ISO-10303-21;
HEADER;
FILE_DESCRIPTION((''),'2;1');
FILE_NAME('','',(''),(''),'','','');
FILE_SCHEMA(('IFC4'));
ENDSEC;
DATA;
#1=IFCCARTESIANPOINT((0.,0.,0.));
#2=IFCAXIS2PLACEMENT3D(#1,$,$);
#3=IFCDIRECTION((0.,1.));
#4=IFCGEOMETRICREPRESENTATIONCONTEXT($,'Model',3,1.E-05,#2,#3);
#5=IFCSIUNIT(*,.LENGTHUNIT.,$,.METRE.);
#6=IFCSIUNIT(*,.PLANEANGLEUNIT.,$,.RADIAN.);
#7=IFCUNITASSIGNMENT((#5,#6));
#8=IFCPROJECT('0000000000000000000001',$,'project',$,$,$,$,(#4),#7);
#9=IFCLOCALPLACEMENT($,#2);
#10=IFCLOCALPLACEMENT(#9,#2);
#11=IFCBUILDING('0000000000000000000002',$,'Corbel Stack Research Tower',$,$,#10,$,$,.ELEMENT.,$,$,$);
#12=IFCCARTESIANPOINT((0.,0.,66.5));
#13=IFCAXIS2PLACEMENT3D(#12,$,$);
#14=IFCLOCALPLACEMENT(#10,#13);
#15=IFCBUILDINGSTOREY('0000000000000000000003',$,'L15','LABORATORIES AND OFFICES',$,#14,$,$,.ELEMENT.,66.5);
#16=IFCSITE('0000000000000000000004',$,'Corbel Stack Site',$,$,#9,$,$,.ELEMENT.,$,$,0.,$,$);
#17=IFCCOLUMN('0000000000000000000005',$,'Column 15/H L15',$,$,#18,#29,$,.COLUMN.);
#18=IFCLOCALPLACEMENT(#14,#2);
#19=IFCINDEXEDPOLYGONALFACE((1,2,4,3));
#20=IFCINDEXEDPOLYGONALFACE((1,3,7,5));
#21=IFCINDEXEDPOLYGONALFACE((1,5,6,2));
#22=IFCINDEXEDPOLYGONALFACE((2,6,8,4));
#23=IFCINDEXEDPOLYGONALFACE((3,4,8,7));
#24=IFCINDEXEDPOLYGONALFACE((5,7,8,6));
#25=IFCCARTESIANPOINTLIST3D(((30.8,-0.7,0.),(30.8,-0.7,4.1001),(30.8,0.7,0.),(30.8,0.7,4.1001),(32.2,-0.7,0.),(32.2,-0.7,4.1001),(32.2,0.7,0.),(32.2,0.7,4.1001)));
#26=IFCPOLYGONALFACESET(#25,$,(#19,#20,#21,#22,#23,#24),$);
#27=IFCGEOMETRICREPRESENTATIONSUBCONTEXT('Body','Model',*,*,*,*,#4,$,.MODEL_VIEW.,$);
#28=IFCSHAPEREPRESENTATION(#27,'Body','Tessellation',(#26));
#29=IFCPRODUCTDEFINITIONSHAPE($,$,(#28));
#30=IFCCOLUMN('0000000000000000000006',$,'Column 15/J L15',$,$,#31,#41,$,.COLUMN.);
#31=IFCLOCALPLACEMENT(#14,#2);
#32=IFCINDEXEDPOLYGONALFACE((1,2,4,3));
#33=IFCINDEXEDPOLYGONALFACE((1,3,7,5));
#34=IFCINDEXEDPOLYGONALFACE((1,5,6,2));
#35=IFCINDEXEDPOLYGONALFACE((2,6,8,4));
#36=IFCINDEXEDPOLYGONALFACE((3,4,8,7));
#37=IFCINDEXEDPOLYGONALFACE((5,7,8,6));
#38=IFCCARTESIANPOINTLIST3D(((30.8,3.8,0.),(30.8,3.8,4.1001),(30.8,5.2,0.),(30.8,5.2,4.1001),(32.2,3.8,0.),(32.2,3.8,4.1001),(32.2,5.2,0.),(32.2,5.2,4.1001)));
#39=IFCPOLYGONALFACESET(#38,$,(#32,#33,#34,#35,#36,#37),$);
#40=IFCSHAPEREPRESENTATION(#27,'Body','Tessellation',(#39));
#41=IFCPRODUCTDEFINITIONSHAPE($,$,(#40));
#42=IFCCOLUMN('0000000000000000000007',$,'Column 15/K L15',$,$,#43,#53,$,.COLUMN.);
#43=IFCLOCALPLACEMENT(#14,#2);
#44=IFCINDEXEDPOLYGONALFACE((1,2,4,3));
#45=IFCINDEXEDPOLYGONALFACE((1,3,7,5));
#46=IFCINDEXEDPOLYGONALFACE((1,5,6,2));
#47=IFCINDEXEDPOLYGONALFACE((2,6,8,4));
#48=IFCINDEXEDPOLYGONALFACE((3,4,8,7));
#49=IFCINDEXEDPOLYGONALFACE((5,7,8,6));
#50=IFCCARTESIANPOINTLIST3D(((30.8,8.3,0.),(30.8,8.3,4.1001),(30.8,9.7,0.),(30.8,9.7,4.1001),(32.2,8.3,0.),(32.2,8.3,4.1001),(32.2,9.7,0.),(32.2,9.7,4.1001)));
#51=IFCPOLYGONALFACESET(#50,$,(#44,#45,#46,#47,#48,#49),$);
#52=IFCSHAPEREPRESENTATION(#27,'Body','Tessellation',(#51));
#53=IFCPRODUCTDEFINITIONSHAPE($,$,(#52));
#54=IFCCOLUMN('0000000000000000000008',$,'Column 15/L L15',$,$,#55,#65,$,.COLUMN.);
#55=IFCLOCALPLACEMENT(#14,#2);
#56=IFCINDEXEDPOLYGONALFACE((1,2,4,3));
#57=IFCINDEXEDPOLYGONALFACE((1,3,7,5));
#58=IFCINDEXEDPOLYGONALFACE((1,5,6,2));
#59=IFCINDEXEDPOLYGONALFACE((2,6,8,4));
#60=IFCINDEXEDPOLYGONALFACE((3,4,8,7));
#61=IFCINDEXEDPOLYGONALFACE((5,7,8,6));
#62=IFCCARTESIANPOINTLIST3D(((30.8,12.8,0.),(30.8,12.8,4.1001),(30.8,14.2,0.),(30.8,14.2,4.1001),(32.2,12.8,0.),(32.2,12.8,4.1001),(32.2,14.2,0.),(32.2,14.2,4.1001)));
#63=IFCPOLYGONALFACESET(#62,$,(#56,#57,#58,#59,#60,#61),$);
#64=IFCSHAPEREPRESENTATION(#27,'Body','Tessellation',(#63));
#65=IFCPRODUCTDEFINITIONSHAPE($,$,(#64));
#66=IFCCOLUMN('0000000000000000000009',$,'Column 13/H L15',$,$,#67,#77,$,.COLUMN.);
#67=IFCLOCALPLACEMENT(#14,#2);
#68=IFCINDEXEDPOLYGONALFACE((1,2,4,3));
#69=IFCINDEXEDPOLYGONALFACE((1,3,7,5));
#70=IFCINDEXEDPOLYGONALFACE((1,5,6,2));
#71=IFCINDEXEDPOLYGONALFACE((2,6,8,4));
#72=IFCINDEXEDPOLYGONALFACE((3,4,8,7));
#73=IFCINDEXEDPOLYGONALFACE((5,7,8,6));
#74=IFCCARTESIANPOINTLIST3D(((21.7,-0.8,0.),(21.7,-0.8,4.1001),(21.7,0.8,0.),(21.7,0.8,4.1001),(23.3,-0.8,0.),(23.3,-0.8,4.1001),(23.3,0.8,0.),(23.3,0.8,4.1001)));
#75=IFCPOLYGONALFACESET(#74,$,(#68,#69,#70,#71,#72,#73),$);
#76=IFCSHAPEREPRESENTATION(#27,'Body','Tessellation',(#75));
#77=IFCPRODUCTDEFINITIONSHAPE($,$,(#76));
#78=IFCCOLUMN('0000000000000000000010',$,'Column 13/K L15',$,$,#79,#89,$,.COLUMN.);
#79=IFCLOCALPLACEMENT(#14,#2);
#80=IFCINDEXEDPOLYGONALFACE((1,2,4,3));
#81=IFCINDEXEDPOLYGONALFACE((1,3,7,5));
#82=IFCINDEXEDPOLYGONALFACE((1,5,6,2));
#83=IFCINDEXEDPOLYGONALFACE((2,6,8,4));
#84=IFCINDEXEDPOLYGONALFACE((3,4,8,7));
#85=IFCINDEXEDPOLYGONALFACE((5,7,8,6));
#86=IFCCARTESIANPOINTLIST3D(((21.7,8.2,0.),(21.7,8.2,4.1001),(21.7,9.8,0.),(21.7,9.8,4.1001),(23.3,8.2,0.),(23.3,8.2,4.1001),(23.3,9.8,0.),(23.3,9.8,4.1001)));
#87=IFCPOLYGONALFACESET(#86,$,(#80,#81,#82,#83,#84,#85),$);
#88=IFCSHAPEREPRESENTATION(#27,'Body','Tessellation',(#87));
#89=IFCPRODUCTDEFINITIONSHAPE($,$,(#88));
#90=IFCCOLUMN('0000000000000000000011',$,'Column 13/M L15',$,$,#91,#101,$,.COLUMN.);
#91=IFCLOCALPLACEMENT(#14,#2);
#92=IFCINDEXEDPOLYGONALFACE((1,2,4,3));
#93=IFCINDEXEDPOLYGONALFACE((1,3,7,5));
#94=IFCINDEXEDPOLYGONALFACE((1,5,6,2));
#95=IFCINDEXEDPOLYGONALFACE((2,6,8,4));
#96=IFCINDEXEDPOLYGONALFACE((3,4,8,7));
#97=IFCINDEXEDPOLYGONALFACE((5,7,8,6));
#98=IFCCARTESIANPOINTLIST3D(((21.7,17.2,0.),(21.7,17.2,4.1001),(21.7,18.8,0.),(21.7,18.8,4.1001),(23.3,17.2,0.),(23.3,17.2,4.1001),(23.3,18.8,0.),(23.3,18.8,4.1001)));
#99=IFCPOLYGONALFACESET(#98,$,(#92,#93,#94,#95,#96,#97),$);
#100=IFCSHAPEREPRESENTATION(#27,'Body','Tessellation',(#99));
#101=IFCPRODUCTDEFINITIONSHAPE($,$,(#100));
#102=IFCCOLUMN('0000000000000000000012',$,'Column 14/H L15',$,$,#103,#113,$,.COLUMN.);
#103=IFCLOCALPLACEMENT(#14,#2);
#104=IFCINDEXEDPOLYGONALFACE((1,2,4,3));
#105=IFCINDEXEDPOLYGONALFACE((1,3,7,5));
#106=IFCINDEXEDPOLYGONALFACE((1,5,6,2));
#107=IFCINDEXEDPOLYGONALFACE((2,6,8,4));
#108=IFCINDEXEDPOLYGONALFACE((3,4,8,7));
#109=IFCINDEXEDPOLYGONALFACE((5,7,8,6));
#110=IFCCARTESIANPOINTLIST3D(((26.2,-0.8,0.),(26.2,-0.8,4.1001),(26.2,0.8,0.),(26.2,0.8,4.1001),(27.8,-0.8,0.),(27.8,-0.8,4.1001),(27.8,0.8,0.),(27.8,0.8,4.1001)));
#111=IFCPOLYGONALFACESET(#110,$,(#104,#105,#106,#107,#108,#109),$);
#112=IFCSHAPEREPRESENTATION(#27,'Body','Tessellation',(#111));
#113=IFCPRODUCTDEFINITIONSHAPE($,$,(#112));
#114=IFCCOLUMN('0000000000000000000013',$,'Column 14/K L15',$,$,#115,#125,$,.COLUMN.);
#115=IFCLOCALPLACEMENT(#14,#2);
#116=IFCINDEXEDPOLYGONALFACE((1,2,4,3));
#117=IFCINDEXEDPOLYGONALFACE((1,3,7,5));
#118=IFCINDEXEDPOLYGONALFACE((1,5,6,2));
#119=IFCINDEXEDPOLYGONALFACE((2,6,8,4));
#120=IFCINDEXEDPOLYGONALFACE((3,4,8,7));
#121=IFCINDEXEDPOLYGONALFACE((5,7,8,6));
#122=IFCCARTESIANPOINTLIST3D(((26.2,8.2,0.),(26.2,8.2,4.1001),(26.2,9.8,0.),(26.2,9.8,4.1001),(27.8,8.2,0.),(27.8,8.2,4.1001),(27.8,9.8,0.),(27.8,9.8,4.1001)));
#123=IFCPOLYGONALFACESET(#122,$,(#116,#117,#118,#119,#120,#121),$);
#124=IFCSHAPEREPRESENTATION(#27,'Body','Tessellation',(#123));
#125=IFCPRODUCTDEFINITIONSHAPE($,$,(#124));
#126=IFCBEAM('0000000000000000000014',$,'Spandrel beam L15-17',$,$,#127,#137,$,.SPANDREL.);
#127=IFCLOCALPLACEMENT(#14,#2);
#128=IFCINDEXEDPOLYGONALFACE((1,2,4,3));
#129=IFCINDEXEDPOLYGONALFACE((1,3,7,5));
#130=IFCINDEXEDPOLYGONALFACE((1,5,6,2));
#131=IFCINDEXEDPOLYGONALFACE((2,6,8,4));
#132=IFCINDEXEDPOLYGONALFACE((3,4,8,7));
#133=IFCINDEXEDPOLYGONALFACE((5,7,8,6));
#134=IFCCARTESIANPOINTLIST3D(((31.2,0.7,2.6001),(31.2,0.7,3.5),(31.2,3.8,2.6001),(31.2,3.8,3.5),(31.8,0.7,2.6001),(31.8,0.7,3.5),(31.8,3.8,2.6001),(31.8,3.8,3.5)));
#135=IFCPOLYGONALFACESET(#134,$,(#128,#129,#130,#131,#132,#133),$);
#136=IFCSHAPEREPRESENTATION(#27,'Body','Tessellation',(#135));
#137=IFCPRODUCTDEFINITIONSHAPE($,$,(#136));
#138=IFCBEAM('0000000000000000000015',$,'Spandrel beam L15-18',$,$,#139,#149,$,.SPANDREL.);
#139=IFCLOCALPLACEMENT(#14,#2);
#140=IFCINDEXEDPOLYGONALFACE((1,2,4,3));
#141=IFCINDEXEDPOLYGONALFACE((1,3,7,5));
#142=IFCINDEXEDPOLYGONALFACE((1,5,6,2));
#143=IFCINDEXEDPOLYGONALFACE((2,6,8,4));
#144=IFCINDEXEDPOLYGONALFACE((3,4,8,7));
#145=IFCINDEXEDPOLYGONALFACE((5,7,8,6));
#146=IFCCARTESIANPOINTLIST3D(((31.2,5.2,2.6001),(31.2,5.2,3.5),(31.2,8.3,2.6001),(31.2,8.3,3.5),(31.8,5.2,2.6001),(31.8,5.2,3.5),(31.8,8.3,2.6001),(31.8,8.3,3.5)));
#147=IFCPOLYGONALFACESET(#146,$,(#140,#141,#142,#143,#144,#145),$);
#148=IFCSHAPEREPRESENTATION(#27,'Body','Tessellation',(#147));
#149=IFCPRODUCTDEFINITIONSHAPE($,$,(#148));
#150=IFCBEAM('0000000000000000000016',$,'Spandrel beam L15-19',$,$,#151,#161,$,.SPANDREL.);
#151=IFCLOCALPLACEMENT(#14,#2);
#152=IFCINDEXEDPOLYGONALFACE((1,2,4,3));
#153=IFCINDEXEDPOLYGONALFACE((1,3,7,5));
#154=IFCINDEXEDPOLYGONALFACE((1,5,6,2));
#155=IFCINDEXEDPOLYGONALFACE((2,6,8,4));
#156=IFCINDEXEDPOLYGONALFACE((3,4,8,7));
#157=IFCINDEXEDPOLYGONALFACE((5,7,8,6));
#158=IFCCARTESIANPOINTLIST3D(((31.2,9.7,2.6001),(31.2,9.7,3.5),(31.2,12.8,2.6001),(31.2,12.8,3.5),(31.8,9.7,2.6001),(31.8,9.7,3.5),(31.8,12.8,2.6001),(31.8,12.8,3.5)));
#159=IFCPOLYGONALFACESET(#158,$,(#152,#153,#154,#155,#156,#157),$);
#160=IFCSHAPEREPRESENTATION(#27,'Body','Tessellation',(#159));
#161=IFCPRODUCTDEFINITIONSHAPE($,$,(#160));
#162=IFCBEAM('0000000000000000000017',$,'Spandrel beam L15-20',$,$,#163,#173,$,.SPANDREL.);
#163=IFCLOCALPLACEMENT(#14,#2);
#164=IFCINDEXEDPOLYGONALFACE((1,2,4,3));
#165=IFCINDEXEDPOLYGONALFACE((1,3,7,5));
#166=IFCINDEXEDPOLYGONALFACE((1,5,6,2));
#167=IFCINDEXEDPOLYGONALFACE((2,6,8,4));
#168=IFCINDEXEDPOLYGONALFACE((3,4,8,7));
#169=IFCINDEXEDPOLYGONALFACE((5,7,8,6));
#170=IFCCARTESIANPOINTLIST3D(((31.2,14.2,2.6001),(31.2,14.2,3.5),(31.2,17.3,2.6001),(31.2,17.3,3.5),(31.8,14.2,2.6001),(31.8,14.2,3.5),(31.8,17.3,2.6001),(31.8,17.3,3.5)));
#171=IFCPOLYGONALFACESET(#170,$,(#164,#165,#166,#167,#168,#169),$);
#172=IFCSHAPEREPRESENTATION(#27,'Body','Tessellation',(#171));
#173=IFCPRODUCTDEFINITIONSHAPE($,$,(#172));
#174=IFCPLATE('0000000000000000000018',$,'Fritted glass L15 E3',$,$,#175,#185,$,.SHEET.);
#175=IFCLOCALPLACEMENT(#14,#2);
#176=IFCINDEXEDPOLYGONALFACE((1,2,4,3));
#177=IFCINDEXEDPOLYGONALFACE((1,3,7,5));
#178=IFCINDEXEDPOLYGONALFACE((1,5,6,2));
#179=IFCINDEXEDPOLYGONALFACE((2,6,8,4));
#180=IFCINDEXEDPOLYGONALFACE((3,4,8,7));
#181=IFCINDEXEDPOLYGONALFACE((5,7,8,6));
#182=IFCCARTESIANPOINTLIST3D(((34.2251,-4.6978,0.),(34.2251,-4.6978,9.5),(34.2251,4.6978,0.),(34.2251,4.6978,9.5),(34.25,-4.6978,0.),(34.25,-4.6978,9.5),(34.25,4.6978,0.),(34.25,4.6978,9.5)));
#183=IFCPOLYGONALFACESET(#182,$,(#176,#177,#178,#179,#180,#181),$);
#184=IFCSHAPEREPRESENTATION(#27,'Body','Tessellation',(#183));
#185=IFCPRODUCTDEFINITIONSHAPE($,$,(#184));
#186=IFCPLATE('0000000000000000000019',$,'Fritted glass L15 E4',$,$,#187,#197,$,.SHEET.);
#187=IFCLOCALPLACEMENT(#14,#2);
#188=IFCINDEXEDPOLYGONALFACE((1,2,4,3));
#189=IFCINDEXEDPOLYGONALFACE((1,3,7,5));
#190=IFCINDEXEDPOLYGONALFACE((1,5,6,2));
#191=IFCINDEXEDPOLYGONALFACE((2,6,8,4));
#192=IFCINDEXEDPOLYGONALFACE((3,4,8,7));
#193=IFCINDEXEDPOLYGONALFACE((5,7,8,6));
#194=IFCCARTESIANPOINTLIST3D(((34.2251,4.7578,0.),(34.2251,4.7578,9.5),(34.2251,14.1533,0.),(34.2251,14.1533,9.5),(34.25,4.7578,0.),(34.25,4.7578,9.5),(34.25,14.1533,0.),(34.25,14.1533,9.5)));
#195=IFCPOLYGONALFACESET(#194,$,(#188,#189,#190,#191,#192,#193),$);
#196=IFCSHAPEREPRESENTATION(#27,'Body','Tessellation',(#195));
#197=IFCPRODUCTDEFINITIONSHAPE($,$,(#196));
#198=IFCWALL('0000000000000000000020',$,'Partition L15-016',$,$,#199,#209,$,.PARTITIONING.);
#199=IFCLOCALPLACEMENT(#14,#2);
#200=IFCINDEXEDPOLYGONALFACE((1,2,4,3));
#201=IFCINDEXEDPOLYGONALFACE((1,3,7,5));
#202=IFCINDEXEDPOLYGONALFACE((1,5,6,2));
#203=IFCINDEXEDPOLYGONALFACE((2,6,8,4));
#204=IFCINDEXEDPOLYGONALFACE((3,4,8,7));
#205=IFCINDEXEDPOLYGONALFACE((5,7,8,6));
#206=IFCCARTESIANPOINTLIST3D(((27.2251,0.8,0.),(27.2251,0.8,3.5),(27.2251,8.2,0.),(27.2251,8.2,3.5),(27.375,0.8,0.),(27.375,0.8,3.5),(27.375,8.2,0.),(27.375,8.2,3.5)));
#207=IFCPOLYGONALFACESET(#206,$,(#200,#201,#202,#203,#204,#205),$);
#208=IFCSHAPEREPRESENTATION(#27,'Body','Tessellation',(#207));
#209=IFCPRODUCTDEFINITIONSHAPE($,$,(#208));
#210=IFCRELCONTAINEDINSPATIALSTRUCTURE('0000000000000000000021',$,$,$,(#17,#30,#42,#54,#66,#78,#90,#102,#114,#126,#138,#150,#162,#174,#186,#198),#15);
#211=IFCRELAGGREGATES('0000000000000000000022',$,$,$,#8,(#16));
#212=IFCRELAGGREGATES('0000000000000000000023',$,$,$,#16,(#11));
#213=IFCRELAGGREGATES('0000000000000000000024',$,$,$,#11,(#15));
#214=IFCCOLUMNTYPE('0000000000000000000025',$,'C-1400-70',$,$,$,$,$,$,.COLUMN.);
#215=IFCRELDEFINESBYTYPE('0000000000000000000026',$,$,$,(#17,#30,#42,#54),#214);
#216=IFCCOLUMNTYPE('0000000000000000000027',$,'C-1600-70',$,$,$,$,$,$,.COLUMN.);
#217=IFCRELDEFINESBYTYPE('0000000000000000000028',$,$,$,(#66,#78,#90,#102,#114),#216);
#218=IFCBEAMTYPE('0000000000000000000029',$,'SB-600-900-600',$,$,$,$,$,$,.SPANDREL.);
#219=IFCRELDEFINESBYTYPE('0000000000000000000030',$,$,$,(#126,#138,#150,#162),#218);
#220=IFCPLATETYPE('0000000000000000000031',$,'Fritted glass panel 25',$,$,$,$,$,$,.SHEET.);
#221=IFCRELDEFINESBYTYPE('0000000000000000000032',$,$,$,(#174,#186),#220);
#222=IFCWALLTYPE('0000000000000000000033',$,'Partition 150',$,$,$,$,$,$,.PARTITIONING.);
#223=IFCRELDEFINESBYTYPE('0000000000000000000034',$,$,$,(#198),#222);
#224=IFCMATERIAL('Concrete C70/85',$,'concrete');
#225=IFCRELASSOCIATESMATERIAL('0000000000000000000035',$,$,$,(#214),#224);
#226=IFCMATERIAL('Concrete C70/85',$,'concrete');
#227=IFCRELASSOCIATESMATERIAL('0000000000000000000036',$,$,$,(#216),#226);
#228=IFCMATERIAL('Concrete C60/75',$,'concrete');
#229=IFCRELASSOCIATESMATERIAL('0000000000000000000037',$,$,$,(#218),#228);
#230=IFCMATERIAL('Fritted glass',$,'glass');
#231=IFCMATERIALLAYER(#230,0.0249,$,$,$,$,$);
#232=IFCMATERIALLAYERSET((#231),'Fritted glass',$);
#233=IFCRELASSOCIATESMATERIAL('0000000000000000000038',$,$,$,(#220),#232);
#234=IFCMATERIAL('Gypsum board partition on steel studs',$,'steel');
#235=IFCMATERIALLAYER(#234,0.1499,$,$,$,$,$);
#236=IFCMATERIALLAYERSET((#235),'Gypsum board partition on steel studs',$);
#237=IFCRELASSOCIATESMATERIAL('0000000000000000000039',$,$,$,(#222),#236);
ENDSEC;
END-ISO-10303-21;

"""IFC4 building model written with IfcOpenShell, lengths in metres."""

from ifc_helpers import new_model, si_unit, direction, frame, frame_2d, origin, origin_2d, place, context, subcontext, project, spatial, rectangle, extrude, material, layer, layer_set, material_profile, profile_set, type_object, element, save


model = new_model("IFC4")

# Units and contexts
model_context = context("Model", 3, precision=1e-05, world=origin(), true_north=direction((0.0, 1.0)))
body_context = subcontext(model_context, "Body", "Model", "MODEL_VIEW")
ifc_project = project(units=[si_unit("LENGTHUNIT", "METRE"), si_unit("PLANEANGLEUNIT", "RADIAN")], contexts=[model_context])

# Site, building, storey
site_placement = place(None, origin())
site = spatial("IfcSite", under=ifc_project, at=site_placement, Name="Corbel Stack Site", CompositionType="ELEMENT", RefElevation=0.0)
building_placement = place(site_placement, origin())
building = spatial("IfcBuilding", under=site, at=building_placement, Name="Corbel Stack Research Tower", CompositionType="ELEMENT")
storey_placement = place(building_placement, frame((0.0, 0.0, 66.5)))
storey = spatial("IfcBuildingStorey", under=building, at=storey_placement, Name="L15", Description="LABORATORIES AND OFFICES", CompositionType="ELEMENT", Elevation=66.5)

# Columns
ifc_material_1 = material(Name="Concrete C70/85", Category="concrete")
ifc_material_profile_1 = material_profile(ifc_material_1, rectangle(XDim=1.3999, YDim=1.3999, at=origin_2d()), Name="RC 1400 x 1400")
ifc_profile_set_1 = profile_set([ifc_material_profile_1], Name="Concrete C70/85")
column_type_1 = type_object("IfcColumnType", Name="C-1400-70", PredefinedType="COLUMN", material=ifc_profile_set_1)
for number, where, z_axis, x_axis, name in (
    (1, (31.5, 0.0, 0.0), (0.0, 0.0, 1.0), (1.0, 0.0, 0.0), "Column 15/H L15"),
    (2, (31.5, 4.5, 0.0), (0.0, 0.0, 1.0), (1.0, 0.0, 0.0), "Column 15/J L15"),
    (3, (31.5, 9.0, 0.0), (0.0, 0.0, 1.0), (1.0, 0.0, 0.0), "Column 15/K L15"),
    (4, (31.5, 13.5, 0.0), (0.0, 0.0, 1.0), (1.0, 0.0, 0.0), "Column 15/L L15"),
):
    element("IfcColumn", number, at=place(storey_placement, frame(where, z_axis=z_axis, x_axis=x_axis)), inside=storey, type_object=column_type_1, Name=name, PredefinedType="COLUMN", context=body_context, shape_type="SweptSolid", body=[
        extrude(rectangle(XDim=1.3999, YDim=1.3999, at=origin_2d()), origin(), (0.0, 0.0, 1.0), 4.1001),
    ])
ifc_material_2 = material(Name="Concrete C70/85", Category="concrete")
ifc_material_profile_2 = material_profile(ifc_material_2, rectangle(XDim=1.6001, YDim=1.6001, at=origin_2d()), Name="RC 1600 x 1600")
ifc_profile_set_2 = profile_set([ifc_material_profile_2], Name="Concrete C70/85")
column_type_2 = type_object("IfcColumnType", Name="C-1600-70", PredefinedType="COLUMN", material=ifc_profile_set_2)
for number, where, z_axis, x_axis, name in (
    (5, (22.5, 0.0, 0.0), (0.0, 0.0, 1.0), (1.0, 0.0, 0.0), "Column 13/H L15"),
    (6, (22.5, 9.0, 0.0), (0.0, 0.0, 1.0), (1.0, 0.0, 0.0), "Column 13/K L15"),
    (7, (22.5, 18.0, 0.0), (0.0, 0.0, 1.0), (1.0, 0.0, 0.0), "Column 13/M L15"),
    (8, (27.0, 0.0, 0.0), (0.0, 0.0, 1.0), (1.0, 0.0, 0.0), "Column 14/H L15"),
    (9, (27.0, 9.0, 0.0), (0.0, 0.0, 1.0), (1.0, 0.0, 0.0), "Column 14/K L15"),
):
    element("IfcColumn", number, at=place(storey_placement, frame(where, z_axis=z_axis, x_axis=x_axis)), inside=storey, type_object=column_type_2, Name=name, PredefinedType="COLUMN", context=body_context, shape_type="SweptSolid", body=[
        extrude(rectangle(XDim=1.6001, YDim=1.6001, at=origin_2d()), origin(), (0.0, 0.0, 1.0), 4.1001),
    ])

# Beams
ifc_material_3 = material(Name="Concrete C60/75", Category="concrete")
ifc_material_profile_3 = material_profile(ifc_material_3, rectangle(XDim=0.6001, YDim=0.8999, at=origin_2d()), Name="RC 600 x 900")
ifc_profile_set_3 = profile_set([ifc_material_profile_3], Name="Concrete C60/75")
beam_type = type_object("IfcBeamType", Name="SB-600-900-600", PredefinedType="SPANDREL", material=ifc_profile_set_3)
for number, where, z_axis, x_axis, name in (
    (10, (31.5, 0.7, 3.05), (0.0, 1.0, 0.0), (-1.0, 0.0, 0.0), "Spandrel beam L15-17"),
    (11, (31.5, 5.2, 3.05), (0.0, 1.0, 0.0), (-1.0, 0.0, 0.0), "Spandrel beam L15-18"),
    (12, (31.5, 9.7, 3.05), (0.0, 1.0, 0.0), (-1.0, 0.0, 0.0), "Spandrel beam L15-19"),
    (13, (31.5, 14.2, 3.05), (0.0, 1.0, 0.0), (-1.0, 0.0, 0.0), "Spandrel beam L15-20"),
):
    element("IfcBeam", number, at=place(storey_placement, frame(where, z_axis=z_axis, x_axis=x_axis)), inside=storey, type_object=beam_type, Name=name, PredefinedType="SPANDREL", context=body_context, shape_type="SweptSolid", body=[
        extrude(rectangle(XDim=0.6001, YDim=0.8999, at=origin_2d()), origin(), (0.0, 0.0, 1.0), 3.1001),
    ])

# Plates
ifc_material_4 = material(Name="Fritted glass", Category="glass")
ifc_layer_1 = layer(ifc_material_4, 0.0249)
ifc_layer_set_1 = layer_set([ifc_layer_1], Name="Fritted glass")
plate_type = type_object("IfcPlateType", Name="Fritted glass panel 25", PredefinedType="SHEET", material=ifc_layer_set_1)
for number, where, z_axis, x_axis, name in (
    (14, (34.2375, 0.0, 0.0), (0.0, 0.0, 1.0), (0.0, 1.0, 0.0), "Fritted glass L15 E3"),
    (15, (34.2375, 9.4556, 0.0), (0.0, 0.0, 1.0), (0.0, 1.0, 0.0), "Fritted glass L15 E4"),
):
    element("IfcPlate", number, at=place(storey_placement, frame(where, z_axis=z_axis, x_axis=x_axis)), inside=storey, type_object=plate_type, Name=name, PredefinedType="SHEET", context=body_context, shape_type="SweptSolid", body=[
        extrude(rectangle(XDim=9.3955, YDim=0.0249, at=origin_2d()), origin(), (0.0, 0.0, 1.0), 9.5),
    ])

# Wall
ifc_material_5 = material(Name="Gypsum board partition on steel studs", Category="steel")
ifc_layer_2 = layer(ifc_material_5, 0.1499)
ifc_layer_set_2 = layer_set([ifc_layer_2], Name="Gypsum board partition on steel studs")
wall_type_1 = type_object("IfcWallType", Name="Partition 150", PredefinedType="PARTITIONING", material=ifc_layer_set_2)
wall_1_placement = place(storey_placement, frame((27.3, 0.8, 0.0), z_axis=(0.0, 0.0, 1.0), x_axis=(0.0, 1.0, 0.0)))
element("IfcWall", 16, at=wall_1_placement, inside=storey, type_object=wall_type_1, Name="Partition L15-016", PredefinedType="PARTITIONING", context=body_context, shape_type="SweptSolid", body=[
    extrude(rectangle(XDim=7.3999, YDim=0.1499, at=frame_2d((3.7, 0.0))), origin(), (0.0, 0.0, 1.0), 3.5),
])

save(model, "model.ifc")
